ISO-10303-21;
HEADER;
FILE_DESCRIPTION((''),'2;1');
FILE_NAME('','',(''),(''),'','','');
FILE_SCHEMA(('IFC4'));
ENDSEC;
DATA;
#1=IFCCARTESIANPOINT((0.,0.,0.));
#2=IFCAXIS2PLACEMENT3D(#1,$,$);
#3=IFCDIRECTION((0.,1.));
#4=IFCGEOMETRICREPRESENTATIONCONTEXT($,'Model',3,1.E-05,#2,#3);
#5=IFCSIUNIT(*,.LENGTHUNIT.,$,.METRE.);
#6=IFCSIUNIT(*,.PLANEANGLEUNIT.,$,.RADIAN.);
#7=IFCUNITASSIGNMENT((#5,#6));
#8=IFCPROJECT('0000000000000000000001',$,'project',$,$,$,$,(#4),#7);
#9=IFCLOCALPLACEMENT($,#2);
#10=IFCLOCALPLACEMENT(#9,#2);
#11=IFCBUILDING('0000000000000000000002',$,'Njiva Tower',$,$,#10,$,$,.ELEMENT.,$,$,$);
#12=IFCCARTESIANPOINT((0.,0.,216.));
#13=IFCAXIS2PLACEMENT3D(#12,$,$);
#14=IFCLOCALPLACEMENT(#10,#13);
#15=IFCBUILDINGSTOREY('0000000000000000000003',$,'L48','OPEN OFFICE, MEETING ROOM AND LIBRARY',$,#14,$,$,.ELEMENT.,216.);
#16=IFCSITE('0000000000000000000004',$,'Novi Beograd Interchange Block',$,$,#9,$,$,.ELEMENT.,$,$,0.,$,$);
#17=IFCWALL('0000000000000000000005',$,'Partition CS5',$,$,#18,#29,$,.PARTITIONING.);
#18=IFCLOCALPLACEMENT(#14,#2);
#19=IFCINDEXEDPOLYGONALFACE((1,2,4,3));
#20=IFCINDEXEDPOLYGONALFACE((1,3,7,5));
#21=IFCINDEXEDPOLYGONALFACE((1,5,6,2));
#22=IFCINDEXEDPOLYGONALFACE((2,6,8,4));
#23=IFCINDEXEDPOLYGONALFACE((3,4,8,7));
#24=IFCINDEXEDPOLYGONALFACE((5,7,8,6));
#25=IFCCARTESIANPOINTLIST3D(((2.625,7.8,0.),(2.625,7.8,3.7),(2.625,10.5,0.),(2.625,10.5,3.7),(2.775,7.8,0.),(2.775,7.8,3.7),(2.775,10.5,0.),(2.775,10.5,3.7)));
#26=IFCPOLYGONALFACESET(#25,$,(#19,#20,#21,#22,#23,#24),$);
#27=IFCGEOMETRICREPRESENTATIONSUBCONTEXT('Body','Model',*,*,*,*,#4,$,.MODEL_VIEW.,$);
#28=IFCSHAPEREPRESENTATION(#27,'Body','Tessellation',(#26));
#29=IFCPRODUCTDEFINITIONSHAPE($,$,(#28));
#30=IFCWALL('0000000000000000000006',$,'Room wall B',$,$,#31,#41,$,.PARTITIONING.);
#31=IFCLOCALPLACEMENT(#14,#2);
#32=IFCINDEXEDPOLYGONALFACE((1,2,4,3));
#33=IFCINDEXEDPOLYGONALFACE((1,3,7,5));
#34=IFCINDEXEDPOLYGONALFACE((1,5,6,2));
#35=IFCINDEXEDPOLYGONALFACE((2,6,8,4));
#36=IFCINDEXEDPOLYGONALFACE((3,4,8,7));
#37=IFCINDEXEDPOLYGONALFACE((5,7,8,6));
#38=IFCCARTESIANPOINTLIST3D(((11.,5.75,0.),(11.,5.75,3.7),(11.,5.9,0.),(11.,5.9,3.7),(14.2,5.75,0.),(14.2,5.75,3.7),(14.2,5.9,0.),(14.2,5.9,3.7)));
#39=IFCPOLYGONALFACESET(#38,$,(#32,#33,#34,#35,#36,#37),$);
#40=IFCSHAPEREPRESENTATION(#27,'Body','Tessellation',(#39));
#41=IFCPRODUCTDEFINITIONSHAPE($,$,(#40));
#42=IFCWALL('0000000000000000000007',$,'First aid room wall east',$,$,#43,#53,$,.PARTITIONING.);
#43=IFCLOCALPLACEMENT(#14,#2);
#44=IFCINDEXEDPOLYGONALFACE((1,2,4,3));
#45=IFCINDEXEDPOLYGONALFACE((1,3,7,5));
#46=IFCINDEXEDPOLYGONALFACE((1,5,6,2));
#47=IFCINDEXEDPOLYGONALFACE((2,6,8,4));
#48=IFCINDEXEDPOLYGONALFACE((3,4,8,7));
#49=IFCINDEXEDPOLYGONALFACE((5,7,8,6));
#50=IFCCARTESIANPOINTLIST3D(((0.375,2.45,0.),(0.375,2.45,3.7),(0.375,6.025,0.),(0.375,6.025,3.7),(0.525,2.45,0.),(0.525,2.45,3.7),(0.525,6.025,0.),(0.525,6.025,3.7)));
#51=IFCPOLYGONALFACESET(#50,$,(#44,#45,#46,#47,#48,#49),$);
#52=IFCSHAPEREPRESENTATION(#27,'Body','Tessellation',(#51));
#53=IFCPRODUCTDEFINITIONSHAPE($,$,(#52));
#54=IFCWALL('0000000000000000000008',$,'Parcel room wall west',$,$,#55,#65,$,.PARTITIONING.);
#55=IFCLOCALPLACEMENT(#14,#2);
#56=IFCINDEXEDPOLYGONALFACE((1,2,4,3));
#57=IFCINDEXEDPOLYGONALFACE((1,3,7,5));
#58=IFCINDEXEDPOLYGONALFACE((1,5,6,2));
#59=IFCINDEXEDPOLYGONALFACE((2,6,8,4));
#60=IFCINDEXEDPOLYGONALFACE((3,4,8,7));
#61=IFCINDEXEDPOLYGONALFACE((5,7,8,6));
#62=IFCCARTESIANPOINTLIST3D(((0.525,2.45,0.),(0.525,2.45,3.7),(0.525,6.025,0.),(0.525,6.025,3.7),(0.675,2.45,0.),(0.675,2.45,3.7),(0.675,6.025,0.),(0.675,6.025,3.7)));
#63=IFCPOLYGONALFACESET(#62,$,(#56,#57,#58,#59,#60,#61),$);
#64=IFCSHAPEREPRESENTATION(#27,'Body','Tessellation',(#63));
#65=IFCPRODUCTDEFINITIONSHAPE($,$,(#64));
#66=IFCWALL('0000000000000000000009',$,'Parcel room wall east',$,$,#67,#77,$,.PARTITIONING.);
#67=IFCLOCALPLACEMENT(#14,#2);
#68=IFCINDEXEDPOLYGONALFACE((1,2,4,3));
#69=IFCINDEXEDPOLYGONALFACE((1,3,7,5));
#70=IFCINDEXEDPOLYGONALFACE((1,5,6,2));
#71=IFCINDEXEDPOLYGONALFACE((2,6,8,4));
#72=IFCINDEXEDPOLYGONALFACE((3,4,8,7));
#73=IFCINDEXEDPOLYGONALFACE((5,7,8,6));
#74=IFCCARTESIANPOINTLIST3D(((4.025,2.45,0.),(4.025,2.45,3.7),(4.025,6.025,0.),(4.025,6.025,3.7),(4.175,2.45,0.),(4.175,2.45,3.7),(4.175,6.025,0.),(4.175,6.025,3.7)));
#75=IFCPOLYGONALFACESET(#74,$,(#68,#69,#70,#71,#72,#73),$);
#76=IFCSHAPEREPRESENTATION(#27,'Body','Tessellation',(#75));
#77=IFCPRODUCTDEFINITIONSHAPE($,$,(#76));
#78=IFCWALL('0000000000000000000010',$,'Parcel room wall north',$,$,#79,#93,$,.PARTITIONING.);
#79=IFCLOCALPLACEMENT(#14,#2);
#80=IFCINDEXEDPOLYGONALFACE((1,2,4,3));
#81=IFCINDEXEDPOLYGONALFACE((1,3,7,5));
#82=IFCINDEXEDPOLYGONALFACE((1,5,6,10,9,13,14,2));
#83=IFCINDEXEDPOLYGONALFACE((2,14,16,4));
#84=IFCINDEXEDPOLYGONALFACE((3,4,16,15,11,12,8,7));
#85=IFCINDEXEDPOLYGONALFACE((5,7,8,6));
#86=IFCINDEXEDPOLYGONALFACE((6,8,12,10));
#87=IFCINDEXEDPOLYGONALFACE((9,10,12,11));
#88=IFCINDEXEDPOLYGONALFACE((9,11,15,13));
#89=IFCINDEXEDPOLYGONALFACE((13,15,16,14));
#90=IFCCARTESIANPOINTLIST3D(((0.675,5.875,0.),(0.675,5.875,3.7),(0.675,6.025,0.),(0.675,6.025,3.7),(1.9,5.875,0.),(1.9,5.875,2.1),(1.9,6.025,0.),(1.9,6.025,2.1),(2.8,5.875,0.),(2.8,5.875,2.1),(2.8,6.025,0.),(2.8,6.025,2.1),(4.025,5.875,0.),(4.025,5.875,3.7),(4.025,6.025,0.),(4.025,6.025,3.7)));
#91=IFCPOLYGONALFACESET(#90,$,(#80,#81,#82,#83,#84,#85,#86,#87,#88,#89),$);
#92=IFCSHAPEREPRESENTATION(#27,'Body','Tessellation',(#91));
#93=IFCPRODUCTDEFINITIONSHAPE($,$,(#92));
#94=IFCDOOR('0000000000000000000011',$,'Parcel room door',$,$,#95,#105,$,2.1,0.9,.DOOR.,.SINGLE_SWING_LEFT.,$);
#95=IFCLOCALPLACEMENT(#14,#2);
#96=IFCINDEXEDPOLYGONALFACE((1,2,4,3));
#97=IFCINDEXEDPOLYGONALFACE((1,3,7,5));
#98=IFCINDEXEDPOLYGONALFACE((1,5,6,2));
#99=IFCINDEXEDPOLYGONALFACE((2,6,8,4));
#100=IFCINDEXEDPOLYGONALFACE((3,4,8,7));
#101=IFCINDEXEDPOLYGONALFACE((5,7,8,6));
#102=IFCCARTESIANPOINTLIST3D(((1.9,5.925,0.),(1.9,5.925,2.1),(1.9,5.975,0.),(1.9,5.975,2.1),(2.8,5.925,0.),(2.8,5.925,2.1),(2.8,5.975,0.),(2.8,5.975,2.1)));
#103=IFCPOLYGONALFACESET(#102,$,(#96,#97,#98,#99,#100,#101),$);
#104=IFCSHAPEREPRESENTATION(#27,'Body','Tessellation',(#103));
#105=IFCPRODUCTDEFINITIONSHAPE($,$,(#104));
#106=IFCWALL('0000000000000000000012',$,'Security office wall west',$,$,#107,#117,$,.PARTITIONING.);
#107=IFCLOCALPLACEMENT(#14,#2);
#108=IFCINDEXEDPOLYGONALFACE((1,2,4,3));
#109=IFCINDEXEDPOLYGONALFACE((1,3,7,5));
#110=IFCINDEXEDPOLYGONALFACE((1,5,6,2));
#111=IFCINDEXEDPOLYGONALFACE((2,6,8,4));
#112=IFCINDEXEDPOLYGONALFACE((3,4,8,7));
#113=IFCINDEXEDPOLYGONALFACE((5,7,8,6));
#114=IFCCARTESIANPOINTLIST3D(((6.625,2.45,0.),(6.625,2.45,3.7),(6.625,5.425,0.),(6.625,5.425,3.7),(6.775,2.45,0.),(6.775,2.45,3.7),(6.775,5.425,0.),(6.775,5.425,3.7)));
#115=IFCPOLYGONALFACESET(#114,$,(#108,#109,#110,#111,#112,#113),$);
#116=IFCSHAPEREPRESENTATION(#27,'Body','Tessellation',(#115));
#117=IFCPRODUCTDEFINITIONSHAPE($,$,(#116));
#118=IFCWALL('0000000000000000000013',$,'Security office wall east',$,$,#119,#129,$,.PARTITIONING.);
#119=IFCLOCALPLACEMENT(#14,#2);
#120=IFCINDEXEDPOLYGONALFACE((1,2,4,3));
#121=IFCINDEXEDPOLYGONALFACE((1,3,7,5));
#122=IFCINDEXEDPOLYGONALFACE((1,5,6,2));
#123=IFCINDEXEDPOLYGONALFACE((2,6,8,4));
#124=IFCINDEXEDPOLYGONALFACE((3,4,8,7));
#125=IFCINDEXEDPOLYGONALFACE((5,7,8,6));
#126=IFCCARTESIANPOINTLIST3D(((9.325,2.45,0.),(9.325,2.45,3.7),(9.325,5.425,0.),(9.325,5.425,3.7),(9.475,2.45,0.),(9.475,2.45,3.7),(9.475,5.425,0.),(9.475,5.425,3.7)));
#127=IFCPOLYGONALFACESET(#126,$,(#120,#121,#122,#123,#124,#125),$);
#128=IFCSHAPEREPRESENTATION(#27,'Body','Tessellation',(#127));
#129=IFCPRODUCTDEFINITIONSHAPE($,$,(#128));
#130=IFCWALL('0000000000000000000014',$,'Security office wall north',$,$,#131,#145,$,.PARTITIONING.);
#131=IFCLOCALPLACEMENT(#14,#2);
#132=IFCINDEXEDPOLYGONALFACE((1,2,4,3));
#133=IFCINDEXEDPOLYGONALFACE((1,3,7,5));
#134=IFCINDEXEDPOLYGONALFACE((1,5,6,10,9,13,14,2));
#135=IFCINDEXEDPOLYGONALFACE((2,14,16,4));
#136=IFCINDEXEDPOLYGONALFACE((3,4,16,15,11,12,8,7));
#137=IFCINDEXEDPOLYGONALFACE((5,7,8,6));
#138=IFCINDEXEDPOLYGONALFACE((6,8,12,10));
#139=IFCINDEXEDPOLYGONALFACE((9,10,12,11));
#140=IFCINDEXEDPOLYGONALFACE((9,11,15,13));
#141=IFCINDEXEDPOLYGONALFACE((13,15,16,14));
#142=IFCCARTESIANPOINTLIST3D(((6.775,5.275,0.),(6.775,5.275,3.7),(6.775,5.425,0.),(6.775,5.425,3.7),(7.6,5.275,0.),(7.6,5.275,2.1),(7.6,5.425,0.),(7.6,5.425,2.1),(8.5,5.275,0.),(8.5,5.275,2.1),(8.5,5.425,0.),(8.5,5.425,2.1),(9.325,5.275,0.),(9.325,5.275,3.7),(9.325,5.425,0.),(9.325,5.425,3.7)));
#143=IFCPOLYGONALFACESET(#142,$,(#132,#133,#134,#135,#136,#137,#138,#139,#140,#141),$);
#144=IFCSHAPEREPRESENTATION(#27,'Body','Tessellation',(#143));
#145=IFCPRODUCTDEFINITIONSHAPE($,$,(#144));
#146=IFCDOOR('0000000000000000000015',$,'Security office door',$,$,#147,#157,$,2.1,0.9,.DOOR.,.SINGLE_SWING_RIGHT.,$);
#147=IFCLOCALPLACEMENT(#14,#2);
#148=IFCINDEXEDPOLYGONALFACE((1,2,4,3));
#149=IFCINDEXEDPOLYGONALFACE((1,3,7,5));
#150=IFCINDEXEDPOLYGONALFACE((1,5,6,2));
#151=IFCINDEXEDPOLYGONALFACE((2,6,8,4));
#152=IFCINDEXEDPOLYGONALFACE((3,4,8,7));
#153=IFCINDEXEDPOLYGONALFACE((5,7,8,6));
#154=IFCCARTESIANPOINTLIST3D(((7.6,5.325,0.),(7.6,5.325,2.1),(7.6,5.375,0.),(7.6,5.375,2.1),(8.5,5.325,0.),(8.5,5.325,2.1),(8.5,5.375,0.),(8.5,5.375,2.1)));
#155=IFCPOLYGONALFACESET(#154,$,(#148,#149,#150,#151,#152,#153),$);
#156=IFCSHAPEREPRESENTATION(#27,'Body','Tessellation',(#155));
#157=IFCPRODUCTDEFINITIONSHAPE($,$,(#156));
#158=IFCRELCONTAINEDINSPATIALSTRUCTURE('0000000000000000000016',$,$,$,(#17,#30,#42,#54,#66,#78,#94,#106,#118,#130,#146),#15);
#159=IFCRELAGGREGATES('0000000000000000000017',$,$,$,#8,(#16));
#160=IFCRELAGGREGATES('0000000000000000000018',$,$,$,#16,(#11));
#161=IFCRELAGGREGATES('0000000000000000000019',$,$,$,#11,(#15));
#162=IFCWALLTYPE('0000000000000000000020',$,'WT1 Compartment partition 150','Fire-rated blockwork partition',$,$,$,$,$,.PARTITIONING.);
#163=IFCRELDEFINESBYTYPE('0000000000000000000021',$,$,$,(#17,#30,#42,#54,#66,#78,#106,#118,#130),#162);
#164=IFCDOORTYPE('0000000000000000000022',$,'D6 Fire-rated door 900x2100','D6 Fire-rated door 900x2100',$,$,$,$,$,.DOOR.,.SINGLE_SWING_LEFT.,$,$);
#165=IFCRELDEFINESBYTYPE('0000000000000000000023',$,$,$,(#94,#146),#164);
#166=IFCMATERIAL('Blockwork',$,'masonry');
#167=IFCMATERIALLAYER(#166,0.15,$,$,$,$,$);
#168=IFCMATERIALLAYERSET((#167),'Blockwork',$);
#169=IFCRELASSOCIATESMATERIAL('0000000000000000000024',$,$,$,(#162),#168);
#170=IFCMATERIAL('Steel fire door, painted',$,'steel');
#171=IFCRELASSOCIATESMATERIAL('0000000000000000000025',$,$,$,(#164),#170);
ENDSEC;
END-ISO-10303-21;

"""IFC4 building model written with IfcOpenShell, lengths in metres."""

from ifc_helpers import new_model, si_unit, direction, frame, frame_2d, origin, place, context, subcontext, project, spatial, rectangle, extrude, material, layer, layer_set, type_object, element, fill, save


model = new_model("IFC4")

# Units and contexts
model_context = context("Model", 3, precision=1e-05, world=origin(), true_north=direction((0.0, 1.0)))
body_context = subcontext(model_context, "Body", "Model", "MODEL_VIEW")
ifc_project = project(units=[si_unit("LENGTHUNIT", "METRE"), si_unit("PLANEANGLEUNIT", "RADIAN")], contexts=[model_context])

# Site, building, storey
site_placement = place(None, origin())
site = spatial("IfcSite", under=ifc_project, at=site_placement, Name="Novi Beograd Interchange Block", CompositionType="ELEMENT", RefElevation=0.0)
building_placement = place(site_placement, origin())
building = spatial("IfcBuilding", under=site, at=building_placement, Name="Njiva Tower", CompositionType="ELEMENT")
storey_placement = place(building_placement, frame((0.0, 0.0, 216.0)))
storey = spatial("IfcBuildingStorey", under=building, at=storey_placement, Name="L48", Description="OPEN OFFICE, MEETING ROOM AND LIBRARY", CompositionType="ELEMENT", Elevation=216.0)

# Walls
ifc_material_1 = material(Name="Blockwork", Category="masonry")
ifc_layer_1 = layer(ifc_material_1, 0.15)
ifc_layer_set_1 = layer_set([ifc_layer_1], Name="Blockwork")
wall_type_1 = type_object("IfcWallType", Name="WT1 Compartment partition 150", Description="Fire-rated blockwork partition", PredefinedType="PARTITIONING", material=ifc_layer_set_1)
wall_1_placement = place(storey_placement, frame((2.7, 7.8, 0.0), z_axis=(0.0, 0.0, 1.0), x_axis=(0.0, 1.0, 0.0)))
element("IfcWall", 1, at=wall_1_placement, inside=storey, type_object=wall_type_1, Name="Partition CS5", PredefinedType="PARTITIONING", context=body_context, shape_type="SweptSolid", body=[
    extrude(rectangle(XDim=2.7, YDim=0.15, at=frame_2d((1.35, 0.0))), origin(), (0.0, 0.0, 1.0), 3.7),
])
wall_2_placement = place(storey_placement, frame((11.0, 5.825, 0.0), z_axis=(0.0, 0.0, 1.0), x_axis=(1.0, 0.0, 0.0)))
element("IfcWall", 2, at=wall_2_placement, inside=storey, type_object=wall_type_1, Name="Room wall B", PredefinedType="PARTITIONING", context=body_context, shape_type="SweptSolid", body=[
    extrude(rectangle(XDim=3.2, YDim=0.15, at=frame_2d((1.6, 0.0))), origin(), (0.0, 0.0, 1.0), 3.7),
])
for number, where, z_axis, x_axis, name in (
    (3, (0.45, 2.45, 0.0), (0.0, 0.0, 1.0), (0.0, 1.0, 0.0), "First aid room wall east"),
    (4, (0.6, 2.45, 0.0), (0.0, 0.0, 1.0), (0.0, 1.0, 0.0), "Parcel room wall west"),
    (5, (4.1, 2.45, 0.0), (0.0, 0.0, 1.0), (0.0, 1.0, 0.0), "Parcel room wall east"),
):
    element("IfcWall", number, at=place(storey_placement, frame(where, z_axis=z_axis, x_axis=x_axis)), inside=storey, type_object=wall_type_1, Name=name, PredefinedType="PARTITIONING", context=body_context, shape_type="SweptSolid", body=[
        extrude(rectangle(XDim=3.575, YDim=0.15, at=frame_2d((1.7875, 0.0))), origin(), (0.0, 0.0, 1.0), 3.7),
    ])

# Wall, opening, door
wall_3_placement = place(storey_placement, frame((0.675, 5.95, 0.0), z_axis=(0.0, 0.0, 1.0), x_axis=(1.0, 0.0, 0.0)))
wall_3 = element("IfcWall", 6, at=wall_3_placement, inside=storey, type_object=wall_type_1, Name="Parcel room wall north", PredefinedType="PARTITIONING", context=body_context, shape_type="SweptSolid", body=[
    extrude(rectangle(XDim=3.35, YDim=0.15, at=frame_2d((1.675, 0.0))), origin(), (0.0, 0.0, 1.0), 3.7),
])
opening_1_placement = place(wall_3_placement, frame((1.225, 0.0, 0.0)))
opening_1 = element("IfcOpeningElement", 7, at=opening_1_placement, cuts=wall_3, PredefinedType="OPENING", context=body_context, shape_type="SweptSolid", body=[
    extrude(rectangle(XDim=0.9, YDim=2.1, at=frame_2d((0.45, 1.05))), frame((0.0, 0.085, 0.0), z_axis=(0.0, -1.0, 0.0), x_axis=(1.0, 0.0, 0.0)), (0.0, 0.0, 1.0), 0.17),
])
ifc_material_2 = material(Name="Steel fire door, painted", Category="steel")
door_type_1 = type_object("IfcDoorType", Name="D6 Fire-rated door 900x2100", Description="D6 Fire-rated door 900x2100", OperationType="SINGLE_SWING_LEFT", PredefinedType="DOOR", material=ifc_material_2)
door_1_placement = place(opening_1_placement, origin())
door_1 = element("IfcDoor", 8, at=door_1_placement, inside=storey, type_object=door_type_1, Name="Parcel room door", OperationType="SINGLE_SWING_LEFT", OverallHeight=2.1, OverallWidth=0.9, PredefinedType="DOOR", context=body_context, shape_type="SweptSolid", body=[
    extrude(rectangle(XDim=0.9, YDim=2.1, at=frame_2d((0.45, 1.05))), frame((0.0, 0.025, 0.0), z_axis=(0.0, -1.0, 0.0), x_axis=(1.0, 0.0, 0.0)), (0.0, 0.0, 1.0), 0.05),
])
fill(opening_1, door_1)

# Walls
for number, where, z_axis, x_axis, name in (
    (9, (6.7, 2.45, 0.0), (0.0, 0.0, 1.0), (0.0, 1.0, 0.0), "Security office wall west"),
    (10, (9.4, 2.45, 0.0), (0.0, 0.0, 1.0), (0.0, 1.0, 0.0), "Security office wall east"),
):
    element("IfcWall", number, at=place(storey_placement, frame(where, z_axis=z_axis, x_axis=x_axis)), inside=storey, type_object=wall_type_1, Name=name, PredefinedType="PARTITIONING", context=body_context, shape_type="SweptSolid", body=[
        extrude(rectangle(XDim=2.975, YDim=0.15, at=frame_2d((1.4875, 0.0))), origin(), (0.0, 0.0, 1.0), 3.7),
    ])

# Wall, opening, door
wall_4_placement = place(storey_placement, frame((6.775, 5.35, 0.0), z_axis=(0.0, 0.0, 1.0), x_axis=(1.0, 0.0, 0.0)))
wall_4 = element("IfcWall", 11, at=wall_4_placement, inside=storey, type_object=wall_type_1, Name="Security office wall north", PredefinedType="PARTITIONING", context=body_context, shape_type="SweptSolid", body=[
    extrude(rectangle(XDim=2.55, YDim=0.15, at=frame_2d((1.275, 0.0))), origin(), (0.0, 0.0, 1.0), 3.7),
])
opening_2_placement = place(wall_4_placement, frame((0.825, 0.0, 0.0)))
opening_2 = element("IfcOpeningElement", 12, at=opening_2_placement, cuts=wall_4, PredefinedType="OPENING", context=body_context, shape_type="SweptSolid", body=[
    extrude(rectangle(XDim=0.9, YDim=2.1, at=frame_2d((0.45, 1.05))), frame((0.0, 0.085, 0.0), z_axis=(0.0, -1.0, 0.0), x_axis=(1.0, 0.0, 0.0)), (0.0, 0.0, 1.0), 0.17),
])
door_2_placement = place(opening_2_placement, origin())
door_2 = element("IfcDoor", 13, at=door_2_placement, inside=storey, type_object=door_type_1, Name="Security office door", OperationType="SINGLE_SWING_RIGHT", OverallHeight=2.1, OverallWidth=0.9, PredefinedType="DOOR", context=body_context, shape_type="SweptSolid", body=[
    extrude(rectangle(XDim=0.9, YDim=2.1, at=frame_2d((0.45, 1.05))), frame((0.0, 0.025, 0.0), z_axis=(0.0, -1.0, 0.0), x_axis=(1.0, 0.0, 0.0)), (0.0, 0.0, 1.0), 0.05),
])
fill(opening_2, door_2)

save(model, "model.ifc")
